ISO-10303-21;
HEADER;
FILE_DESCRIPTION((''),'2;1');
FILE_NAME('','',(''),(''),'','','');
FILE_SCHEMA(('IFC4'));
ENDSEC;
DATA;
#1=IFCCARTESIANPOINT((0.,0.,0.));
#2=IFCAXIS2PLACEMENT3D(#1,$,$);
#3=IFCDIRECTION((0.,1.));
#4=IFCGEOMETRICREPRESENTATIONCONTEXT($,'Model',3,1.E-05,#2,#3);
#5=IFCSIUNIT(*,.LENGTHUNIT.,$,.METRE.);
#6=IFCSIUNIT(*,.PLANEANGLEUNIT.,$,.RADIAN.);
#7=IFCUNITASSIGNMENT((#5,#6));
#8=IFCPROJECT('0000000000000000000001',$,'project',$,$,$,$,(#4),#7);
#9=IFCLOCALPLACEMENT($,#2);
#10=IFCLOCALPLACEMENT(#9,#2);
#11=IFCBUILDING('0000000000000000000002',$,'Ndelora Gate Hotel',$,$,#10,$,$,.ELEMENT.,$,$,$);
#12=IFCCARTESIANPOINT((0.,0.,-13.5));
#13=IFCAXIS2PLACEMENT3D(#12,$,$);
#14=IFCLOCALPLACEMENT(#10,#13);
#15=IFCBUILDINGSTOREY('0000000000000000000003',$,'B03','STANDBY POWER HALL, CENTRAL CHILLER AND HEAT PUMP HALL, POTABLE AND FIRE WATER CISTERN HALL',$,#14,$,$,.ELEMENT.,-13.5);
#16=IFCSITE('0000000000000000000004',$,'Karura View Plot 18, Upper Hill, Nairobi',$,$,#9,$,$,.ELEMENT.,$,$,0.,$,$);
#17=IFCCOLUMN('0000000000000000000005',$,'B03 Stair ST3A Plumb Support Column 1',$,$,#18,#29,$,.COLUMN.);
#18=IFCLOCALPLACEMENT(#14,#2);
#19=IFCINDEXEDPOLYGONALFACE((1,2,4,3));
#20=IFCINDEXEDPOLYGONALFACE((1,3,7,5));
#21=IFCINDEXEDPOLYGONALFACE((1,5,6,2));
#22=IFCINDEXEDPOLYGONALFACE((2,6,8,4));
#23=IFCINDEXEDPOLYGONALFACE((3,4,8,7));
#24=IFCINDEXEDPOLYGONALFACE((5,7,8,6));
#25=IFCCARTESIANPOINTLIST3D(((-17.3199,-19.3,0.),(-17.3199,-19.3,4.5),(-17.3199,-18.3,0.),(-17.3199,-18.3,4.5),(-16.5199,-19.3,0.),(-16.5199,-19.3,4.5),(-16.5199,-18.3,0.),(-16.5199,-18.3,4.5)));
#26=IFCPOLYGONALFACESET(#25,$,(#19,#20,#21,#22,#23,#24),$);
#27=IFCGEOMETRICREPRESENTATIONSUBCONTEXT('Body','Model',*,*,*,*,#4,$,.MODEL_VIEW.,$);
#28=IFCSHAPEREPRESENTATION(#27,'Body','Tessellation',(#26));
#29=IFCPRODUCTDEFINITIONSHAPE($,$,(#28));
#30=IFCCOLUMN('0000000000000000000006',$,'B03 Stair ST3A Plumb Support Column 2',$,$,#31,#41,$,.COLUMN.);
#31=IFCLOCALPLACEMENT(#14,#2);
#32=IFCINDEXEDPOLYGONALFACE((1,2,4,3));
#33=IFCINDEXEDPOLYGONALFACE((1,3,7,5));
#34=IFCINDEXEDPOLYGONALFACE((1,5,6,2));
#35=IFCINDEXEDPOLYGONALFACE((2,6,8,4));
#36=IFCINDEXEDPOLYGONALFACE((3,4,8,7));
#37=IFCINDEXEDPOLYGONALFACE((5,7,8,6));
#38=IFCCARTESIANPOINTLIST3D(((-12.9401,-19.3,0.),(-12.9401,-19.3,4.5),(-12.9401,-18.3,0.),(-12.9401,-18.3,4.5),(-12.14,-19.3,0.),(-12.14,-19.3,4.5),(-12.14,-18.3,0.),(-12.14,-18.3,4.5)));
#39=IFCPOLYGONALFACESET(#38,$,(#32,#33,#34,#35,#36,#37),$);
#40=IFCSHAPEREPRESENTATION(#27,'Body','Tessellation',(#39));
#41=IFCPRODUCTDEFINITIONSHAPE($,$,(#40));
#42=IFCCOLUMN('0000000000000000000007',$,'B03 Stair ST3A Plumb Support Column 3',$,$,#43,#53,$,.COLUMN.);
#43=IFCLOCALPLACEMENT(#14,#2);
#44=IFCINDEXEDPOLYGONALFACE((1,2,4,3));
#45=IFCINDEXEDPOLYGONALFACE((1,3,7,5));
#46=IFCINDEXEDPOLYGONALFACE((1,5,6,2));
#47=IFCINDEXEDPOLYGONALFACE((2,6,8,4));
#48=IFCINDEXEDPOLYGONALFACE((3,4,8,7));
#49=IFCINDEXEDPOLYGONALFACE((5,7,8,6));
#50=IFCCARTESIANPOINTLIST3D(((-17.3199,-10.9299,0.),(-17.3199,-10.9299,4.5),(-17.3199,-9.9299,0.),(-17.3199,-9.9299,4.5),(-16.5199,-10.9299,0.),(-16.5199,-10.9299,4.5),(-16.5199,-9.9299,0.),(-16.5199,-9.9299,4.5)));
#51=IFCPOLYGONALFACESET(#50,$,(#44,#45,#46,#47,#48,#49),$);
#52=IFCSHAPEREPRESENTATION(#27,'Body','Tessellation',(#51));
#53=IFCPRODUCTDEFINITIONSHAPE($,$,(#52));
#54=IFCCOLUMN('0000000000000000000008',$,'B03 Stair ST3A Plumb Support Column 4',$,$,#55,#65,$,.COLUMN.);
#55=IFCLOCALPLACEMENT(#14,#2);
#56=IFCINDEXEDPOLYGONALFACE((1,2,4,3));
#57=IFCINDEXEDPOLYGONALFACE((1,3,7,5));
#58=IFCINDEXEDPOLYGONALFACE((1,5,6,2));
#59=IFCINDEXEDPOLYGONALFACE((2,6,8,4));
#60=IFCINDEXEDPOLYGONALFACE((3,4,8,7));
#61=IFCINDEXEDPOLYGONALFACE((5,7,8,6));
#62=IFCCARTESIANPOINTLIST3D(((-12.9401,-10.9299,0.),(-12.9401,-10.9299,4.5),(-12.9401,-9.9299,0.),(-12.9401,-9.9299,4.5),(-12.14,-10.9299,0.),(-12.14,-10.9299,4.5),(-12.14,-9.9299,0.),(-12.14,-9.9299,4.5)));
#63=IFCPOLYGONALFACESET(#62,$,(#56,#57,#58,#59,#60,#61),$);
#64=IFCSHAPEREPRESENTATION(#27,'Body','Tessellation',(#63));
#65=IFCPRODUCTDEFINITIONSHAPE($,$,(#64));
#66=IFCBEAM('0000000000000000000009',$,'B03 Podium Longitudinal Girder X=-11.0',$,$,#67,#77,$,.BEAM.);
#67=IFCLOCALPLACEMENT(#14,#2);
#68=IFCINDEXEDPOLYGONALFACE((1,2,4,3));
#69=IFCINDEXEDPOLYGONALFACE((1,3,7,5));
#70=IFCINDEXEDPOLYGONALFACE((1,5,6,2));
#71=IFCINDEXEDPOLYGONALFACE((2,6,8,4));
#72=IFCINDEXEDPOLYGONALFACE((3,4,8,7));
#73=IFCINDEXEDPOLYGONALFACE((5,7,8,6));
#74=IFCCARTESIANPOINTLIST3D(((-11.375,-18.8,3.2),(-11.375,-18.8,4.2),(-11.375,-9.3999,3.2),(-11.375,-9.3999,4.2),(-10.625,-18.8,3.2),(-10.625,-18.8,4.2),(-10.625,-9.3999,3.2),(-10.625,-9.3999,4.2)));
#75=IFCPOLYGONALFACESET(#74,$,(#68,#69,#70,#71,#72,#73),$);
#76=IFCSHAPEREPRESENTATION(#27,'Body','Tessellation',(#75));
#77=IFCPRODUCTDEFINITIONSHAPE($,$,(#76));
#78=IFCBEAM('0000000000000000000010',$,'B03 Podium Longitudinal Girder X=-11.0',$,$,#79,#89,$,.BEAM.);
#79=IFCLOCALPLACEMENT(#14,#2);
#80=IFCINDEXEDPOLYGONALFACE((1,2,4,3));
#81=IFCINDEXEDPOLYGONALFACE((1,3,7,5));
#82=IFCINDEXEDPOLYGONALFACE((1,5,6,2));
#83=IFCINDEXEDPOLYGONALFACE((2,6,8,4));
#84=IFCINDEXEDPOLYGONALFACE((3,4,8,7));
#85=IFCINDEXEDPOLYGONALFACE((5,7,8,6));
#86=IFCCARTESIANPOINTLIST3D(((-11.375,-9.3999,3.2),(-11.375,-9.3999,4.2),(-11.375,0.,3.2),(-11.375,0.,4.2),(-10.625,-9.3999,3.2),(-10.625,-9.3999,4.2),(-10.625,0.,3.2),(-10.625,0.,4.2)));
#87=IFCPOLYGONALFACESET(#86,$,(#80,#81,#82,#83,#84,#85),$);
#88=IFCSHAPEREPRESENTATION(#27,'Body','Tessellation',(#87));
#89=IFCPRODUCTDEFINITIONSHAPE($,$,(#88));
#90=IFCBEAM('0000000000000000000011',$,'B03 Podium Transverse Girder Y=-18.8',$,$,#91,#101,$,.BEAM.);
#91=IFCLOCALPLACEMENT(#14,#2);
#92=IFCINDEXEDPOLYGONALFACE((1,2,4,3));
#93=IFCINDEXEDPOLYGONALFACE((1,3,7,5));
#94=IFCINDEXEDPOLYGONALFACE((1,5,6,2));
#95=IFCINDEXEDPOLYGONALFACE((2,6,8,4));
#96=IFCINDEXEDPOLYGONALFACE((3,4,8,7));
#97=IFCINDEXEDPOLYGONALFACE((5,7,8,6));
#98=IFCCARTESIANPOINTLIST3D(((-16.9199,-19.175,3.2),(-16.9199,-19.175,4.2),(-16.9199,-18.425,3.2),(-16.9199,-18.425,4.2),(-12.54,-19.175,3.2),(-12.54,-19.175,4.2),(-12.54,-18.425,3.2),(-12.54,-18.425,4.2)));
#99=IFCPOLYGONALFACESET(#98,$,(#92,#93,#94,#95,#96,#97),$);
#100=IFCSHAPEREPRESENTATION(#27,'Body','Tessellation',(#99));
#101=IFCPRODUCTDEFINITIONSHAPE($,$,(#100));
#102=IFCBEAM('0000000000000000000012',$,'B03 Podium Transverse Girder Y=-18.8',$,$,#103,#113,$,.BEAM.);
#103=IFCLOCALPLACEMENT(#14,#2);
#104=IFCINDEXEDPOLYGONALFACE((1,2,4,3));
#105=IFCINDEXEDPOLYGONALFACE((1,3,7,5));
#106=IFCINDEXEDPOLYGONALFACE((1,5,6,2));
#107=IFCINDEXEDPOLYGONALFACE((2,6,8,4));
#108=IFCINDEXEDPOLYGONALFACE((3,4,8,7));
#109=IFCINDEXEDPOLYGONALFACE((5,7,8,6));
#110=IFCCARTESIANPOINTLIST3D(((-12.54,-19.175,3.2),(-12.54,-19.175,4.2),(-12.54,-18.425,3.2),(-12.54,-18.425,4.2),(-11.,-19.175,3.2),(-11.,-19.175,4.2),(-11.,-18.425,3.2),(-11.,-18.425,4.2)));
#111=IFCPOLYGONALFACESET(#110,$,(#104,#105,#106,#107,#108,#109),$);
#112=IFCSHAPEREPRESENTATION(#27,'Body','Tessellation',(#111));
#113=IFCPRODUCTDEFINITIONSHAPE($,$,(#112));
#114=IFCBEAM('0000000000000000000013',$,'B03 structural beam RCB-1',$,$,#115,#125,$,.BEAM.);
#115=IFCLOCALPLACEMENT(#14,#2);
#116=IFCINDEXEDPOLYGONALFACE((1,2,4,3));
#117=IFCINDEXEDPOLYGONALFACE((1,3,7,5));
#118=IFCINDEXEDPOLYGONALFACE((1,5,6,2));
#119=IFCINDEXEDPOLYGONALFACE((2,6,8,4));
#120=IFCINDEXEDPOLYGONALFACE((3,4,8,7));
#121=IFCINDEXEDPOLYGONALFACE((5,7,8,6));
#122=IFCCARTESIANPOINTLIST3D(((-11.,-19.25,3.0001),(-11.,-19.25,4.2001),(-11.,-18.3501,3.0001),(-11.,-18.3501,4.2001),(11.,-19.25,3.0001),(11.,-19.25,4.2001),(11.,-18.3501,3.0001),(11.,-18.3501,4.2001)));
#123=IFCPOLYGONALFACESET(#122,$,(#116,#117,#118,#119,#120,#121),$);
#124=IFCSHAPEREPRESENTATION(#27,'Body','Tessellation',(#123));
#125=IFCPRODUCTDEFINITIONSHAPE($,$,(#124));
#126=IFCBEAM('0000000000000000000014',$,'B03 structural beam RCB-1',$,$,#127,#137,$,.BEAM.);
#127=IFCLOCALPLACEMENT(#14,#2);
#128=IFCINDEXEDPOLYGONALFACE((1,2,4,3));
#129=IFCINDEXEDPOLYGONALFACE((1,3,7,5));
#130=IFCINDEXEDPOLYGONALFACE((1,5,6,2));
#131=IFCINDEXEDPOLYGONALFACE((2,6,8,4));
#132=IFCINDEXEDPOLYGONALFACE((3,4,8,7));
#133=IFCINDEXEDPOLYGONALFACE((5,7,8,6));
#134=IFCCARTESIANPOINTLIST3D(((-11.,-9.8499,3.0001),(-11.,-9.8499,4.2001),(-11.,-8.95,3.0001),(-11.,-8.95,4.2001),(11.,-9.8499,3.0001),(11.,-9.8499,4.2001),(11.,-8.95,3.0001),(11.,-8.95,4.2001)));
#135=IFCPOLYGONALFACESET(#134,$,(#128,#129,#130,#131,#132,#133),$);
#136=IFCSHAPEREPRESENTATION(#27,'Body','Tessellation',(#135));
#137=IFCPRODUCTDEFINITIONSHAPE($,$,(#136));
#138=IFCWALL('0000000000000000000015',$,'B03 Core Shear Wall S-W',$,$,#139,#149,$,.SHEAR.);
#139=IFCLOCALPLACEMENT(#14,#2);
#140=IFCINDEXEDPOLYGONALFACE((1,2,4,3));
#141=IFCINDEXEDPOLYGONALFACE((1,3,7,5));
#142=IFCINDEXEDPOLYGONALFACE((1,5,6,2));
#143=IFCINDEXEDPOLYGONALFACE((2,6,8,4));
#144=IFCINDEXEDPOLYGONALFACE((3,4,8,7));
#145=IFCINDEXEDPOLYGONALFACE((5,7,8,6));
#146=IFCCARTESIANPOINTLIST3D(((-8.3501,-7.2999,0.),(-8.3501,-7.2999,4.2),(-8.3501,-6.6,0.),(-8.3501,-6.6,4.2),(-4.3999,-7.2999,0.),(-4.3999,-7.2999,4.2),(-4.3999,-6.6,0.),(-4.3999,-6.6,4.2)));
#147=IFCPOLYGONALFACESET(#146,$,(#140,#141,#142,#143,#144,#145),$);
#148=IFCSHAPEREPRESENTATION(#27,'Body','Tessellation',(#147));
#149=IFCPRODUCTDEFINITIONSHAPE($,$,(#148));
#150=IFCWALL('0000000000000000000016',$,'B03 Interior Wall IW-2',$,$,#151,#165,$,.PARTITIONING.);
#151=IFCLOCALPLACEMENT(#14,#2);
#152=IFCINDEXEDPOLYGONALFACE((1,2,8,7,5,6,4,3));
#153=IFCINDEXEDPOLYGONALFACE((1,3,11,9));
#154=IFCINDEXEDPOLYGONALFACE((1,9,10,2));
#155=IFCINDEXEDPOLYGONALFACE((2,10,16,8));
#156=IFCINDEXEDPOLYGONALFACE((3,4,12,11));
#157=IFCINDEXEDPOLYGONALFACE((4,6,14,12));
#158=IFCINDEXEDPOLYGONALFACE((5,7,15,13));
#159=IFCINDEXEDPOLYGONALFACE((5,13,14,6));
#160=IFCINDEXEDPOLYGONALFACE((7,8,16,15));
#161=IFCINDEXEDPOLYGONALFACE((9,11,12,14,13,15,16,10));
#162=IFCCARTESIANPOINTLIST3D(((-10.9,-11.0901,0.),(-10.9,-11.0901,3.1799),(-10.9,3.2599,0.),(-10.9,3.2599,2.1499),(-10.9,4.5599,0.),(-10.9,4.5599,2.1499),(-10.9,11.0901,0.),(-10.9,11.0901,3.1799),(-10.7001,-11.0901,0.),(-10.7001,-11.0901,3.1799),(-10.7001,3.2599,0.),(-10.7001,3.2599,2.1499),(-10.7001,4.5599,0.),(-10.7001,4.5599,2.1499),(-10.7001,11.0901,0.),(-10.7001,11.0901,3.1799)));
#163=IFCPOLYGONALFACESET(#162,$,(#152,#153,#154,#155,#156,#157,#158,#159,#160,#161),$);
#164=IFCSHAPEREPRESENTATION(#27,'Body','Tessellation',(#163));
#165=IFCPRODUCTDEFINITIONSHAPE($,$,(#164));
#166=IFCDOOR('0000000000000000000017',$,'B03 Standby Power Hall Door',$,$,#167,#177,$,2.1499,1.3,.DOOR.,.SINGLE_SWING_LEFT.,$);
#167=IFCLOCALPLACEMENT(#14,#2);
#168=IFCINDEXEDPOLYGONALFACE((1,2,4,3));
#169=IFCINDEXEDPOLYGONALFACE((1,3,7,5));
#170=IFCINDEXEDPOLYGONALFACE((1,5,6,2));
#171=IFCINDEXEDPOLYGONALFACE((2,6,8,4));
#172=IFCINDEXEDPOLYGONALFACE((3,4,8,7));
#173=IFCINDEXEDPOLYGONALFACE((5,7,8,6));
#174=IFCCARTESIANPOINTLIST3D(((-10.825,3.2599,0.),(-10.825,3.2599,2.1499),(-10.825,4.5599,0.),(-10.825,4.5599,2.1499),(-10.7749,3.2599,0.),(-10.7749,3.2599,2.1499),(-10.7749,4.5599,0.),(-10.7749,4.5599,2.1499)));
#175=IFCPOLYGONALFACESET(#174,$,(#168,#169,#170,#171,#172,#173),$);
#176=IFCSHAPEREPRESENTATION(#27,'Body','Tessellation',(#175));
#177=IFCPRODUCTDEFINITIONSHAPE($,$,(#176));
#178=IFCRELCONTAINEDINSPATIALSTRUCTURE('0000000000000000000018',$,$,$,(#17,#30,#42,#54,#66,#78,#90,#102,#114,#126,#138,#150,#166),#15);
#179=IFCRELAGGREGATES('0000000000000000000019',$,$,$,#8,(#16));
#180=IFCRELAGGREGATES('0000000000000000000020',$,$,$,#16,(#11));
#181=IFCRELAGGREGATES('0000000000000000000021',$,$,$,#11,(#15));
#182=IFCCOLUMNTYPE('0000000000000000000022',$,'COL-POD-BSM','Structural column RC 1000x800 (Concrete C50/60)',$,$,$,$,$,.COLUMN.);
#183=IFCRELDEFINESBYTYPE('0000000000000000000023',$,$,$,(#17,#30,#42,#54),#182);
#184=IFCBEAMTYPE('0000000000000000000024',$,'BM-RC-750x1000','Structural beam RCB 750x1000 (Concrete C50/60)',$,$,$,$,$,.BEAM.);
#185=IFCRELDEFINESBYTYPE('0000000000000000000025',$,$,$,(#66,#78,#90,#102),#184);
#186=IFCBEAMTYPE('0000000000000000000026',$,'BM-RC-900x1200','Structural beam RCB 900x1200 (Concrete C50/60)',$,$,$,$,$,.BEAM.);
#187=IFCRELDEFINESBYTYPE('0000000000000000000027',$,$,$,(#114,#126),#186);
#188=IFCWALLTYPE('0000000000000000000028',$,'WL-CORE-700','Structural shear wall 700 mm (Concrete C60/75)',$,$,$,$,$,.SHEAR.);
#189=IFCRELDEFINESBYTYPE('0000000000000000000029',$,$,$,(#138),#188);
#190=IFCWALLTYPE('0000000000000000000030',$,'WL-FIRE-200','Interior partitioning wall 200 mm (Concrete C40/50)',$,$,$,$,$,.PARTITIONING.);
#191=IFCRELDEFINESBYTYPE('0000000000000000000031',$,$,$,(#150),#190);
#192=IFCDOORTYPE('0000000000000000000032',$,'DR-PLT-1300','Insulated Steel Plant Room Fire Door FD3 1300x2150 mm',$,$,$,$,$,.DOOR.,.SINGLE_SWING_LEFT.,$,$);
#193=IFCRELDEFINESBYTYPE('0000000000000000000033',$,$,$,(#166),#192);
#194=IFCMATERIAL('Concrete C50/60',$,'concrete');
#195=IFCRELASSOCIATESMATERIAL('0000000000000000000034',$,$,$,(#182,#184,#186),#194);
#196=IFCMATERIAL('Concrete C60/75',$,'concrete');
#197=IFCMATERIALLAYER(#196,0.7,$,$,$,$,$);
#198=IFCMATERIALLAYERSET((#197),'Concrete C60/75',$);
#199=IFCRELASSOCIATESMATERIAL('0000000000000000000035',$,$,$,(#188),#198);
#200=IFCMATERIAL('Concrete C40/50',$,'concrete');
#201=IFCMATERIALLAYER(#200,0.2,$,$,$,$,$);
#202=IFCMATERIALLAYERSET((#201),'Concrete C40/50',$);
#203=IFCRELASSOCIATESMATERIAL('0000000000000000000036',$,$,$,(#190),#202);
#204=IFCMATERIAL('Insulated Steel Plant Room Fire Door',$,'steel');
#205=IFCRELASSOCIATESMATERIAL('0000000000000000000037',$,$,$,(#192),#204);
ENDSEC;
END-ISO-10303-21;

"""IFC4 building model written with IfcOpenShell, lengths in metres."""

from ifc_helpers import new_model, si_unit, direction, frame, frame_2d, origin, origin_2d, place, context, subcontext, project, spatial, rectangle, extrude, material, layer, layer_set, material_profile, profile_set, type_object, element, fill, save


model = new_model("IFC4")

# Units and contexts
model_context = context("Model", 3, precision=1e-05, world=origin(), true_north=direction((0.0, 1.0)))
body_context = subcontext(model_context, "Body", "Model", "MODEL_VIEW")
ifc_project = project(units=[si_unit("LENGTHUNIT", "METRE"), si_unit("PLANEANGLEUNIT", "RADIAN")], contexts=[model_context])

# Site, building, storey
site_placement = place(None, origin())
site = spatial("IfcSite", under=ifc_project, at=site_placement, Name="Karura View Plot 18, Upper Hill, Nairobi", CompositionType="ELEMENT", RefElevation=0.0)
building_placement = place(site_placement, origin())
building = spatial("IfcBuilding", under=site, at=building_placement, Name="Ndelora Gate Hotel", CompositionType="ELEMENT")
storey_placement = place(building_placement, frame((0.0, 0.0, -13.5)))
storey = spatial("IfcBuildingStorey", under=building, at=storey_placement, Name="B03", Description="STANDBY POWER HALL, CENTRAL CHILLER AND HEAT PUMP HALL, POTABLE AND FIRE WATER CISTERN HALL", CompositionType="ELEMENT", Elevation=-13.5)

# Shared definitions
ifc_material_1 = material(Name="Concrete C40/50", Category="concrete")

# Columns
ifc_material_2 = material(Name="Concrete C60/75", Category="concrete")
ifc_material_3 = material(Name="Concrete C50/60", Category="concrete")
ifc_material_profile_1 = material_profile(ifc_material_3, rectangle(XDim=0.8, YDim=1.0, at=origin_2d()), Name="RC 1000x800")
ifc_profile_set_1 = profile_set([ifc_material_profile_1], Name="Concrete C50/60")
column_type_1 = type_object("IfcColumnType", Name="COL-POD-BSM", Description="Structural column RC 1000x800 (Concrete C50/60)", PredefinedType="COLUMN", material=ifc_profile_set_1)
for number, where, z_axis, x_axis, name in (
    (1, (-16.9199, -18.8, 0.0), (0.0, 0.0, 1.0), (1.0, 0.0, 0.0), "B03 Stair ST3A Plumb Support Column 1"),
    (2, (-12.54, -18.8, 0.0), (0.0, 0.0, 1.0), (1.0, 0.0, 0.0), "B03 Stair ST3A Plumb Support Column 2"),
    (3, (-16.9199, -10.4299, 0.0), (0.0, 0.0, 1.0), (1.0, 0.0, 0.0), "B03 Stair ST3A Plumb Support Column 3"),
    (4, (-12.54, -10.4299, 0.0), (0.0, 0.0, 1.0), (1.0, 0.0, 0.0), "B03 Stair ST3A Plumb Support Column 4"),
):
    element("IfcColumn", number, at=place(storey_placement, frame(where, z_axis=z_axis, x_axis=x_axis)), inside=storey, type_object=column_type_1, Name=name, PredefinedType="COLUMN", context=body_context, shape_type="SweptSolid", body=[
        extrude(rectangle(XDim=0.8, YDim=1.0, at=origin_2d()), origin(), (0.0, 0.0, 1.0), 4.5),
    ])

# Beams
ifc_material_profile_2 = material_profile(ifc_material_3, rectangle(XDim=0.75, YDim=1.0, at=origin_2d()), Name="RCB 750x1000")
ifc_profile_set_2 = profile_set([ifc_material_profile_2], Name="Concrete C50/60")
beam_type_1 = type_object("IfcBeamType", Name="BM-RC-750x1000", Description="Structural beam RCB 750x1000 (Concrete C50/60)", PredefinedType="BEAM", material=ifc_profile_set_2)
beam_1_placement = place(storey_placement, frame((-11.0, -18.8, 3.7), z_axis=(0.0, 1.0, 0.0), x_axis=(-1.0, 0.0, 0.0)))
element("IfcBeam", 5, at=beam_1_placement, inside=storey, type_object=beam_type_1, Name="B03 Podium Longitudinal Girder X=-11.0", PredefinedType="BEAM", context=body_context, shape_type="SweptSolid", body=[
    extrude(rectangle(XDim=0.75, YDim=1.0, at=origin_2d()), origin(), (0.0, 0.0, 1.0), 9.4001),
])
beam_2_placement = place(storey_placement, frame((-11.0, -9.3999, 3.7), z_axis=(0.0, 1.0, 0.0), x_axis=(-1.0, 0.0, 0.0)))
element("IfcBeam", 6, at=beam_2_placement, inside=storey, type_object=beam_type_1, Name="B03 Podium Longitudinal Girder X=-11.0", PredefinedType="BEAM", context=body_context, shape_type="SweptSolid", body=[
    extrude(rectangle(XDim=0.75, YDim=1.0, at=origin_2d()), origin(), (0.0, 0.0, 1.0), 9.3999),
])
beam_3_placement = place(storey_placement, frame((-16.9199, -18.8, 3.7), z_axis=(1.0, 0.0, 0.0), x_axis=(0.0, 1.0, 0.0)))
element("IfcBeam", 7, at=beam_3_placement, inside=storey, type_object=beam_type_1, Name="B03 Podium Transverse Girder Y=-18.8", PredefinedType="BEAM", context=body_context, shape_type="SweptSolid", body=[
    extrude(rectangle(XDim=0.75, YDim=1.0, at=origin_2d()), origin(), (0.0, 0.0, 1.0), 4.3799),
])
beam_4_placement = place(storey_placement, frame((-12.54, -18.8, 3.7), z_axis=(1.0, 0.0, 0.0), x_axis=(0.0, 1.0, 0.0)))
element("IfcBeam", 8, at=beam_4_placement, inside=storey, type_object=beam_type_1, Name="B03 Podium Transverse Girder Y=-18.8", PredefinedType="BEAM", context=body_context, shape_type="SweptSolid", body=[
    extrude(rectangle(XDim=0.75, YDim=1.0, at=origin_2d()), origin(), (0.0, 0.0, 1.0), 1.54),
])
ifc_material_profile_3 = material_profile(ifc_material_3, rectangle(XDim=0.8999, YDim=1.2, at=origin_2d()), Name="RCB 900x1200")
ifc_profile_set_3 = profile_set([ifc_material_profile_3], Name="Concrete C50/60")
beam_type_2 = type_object("IfcBeamType", Name="BM-RC-900x1200", Description="Structural beam RCB 900x1200 (Concrete C50/60)", PredefinedType="BEAM", material=ifc_profile_set_3)
for number, where, z_axis, x_axis, name in (
    (9, (-11.0, -18.8, 3.6001), (1.0, 0.0, 0.0), (0.0, 1.0, 0.0), "B03 structural beam RCB-1"),
    (10, (-11.0, -9.3999, 3.6001), (1.0, 0.0, 0.0), (0.0, 1.0, 0.0), "B03 structural beam RCB-1"),
):
    element("IfcBeam", number, at=place(storey_placement, frame(where, z_axis=z_axis, x_axis=x_axis)), inside=storey, type_object=beam_type_2, Name=name, PredefinedType="BEAM", context=body_context, shape_type="SweptSolid", body=[
        extrude(rectangle(XDim=0.8999, YDim=1.2, at=origin_2d()), origin(), (0.0, 0.0, 1.0), 22.0),
    ])

# Wall
ifc_layer_1 = layer(ifc_material_2, 0.7)
ifc_layer_set_1 = layer_set([ifc_layer_1], Name="Concrete C60/75")
wall_type_1 = type_object("IfcWallType", Name="WL-CORE-700", Description="Structural shear wall 700 mm (Concrete C60/75)", PredefinedType="SHEAR", material=ifc_layer_set_1)
wall_1_placement = place(storey_placement, frame((-8.3501, -6.95, 0.0), z_axis=(0.0, 0.0, 1.0), x_axis=(1.0, 0.0, 0.0)))
element("IfcWall", 11, at=wall_1_placement, inside=storey, type_object=wall_type_1, Name="B03 Core Shear Wall S-W", PredefinedType="SHEAR", context=body_context, shape_type="SweptSolid", body=[
    extrude(rectangle(XDim=3.9502, YDim=0.7, at=frame_2d((1.9751, 0.0))), origin(), (0.0, 0.0, 1.0), 4.2),
])

# Wall, opening, door
ifc_layer_2 = layer(ifc_material_1, 0.2)
ifc_layer_set_2 = layer_set([ifc_layer_2], Name="Concrete C40/50")
wall_type_2 = type_object("IfcWallType", Name="WL-FIRE-200", Description="Interior partitioning wall 200 mm (Concrete C40/50)", PredefinedType="PARTITIONING", material=ifc_layer_set_2)
wall_2_placement = place(storey_placement, frame((-10.8, -11.0901, 0.0), z_axis=(0.0, 0.0, 1.0), x_axis=(0.0, 1.0, 0.0)))
wall_2 = element("IfcWall", 12, at=wall_2_placement, inside=storey, type_object=wall_type_2, Name="B03 Interior Wall IW-2", PredefinedType="PARTITIONING", context=body_context, shape_type="SweptSolid", body=[
    extrude(rectangle(XDim=22.1802, YDim=0.2, at=frame_2d((11.0901, 0.0))), origin(), (0.0, 0.0, 1.0), 3.1799),
])
opening_placement = place(wall_2_placement, frame((14.3501, 0.0, 0.0)))
opening = element("IfcOpeningElement", 13, at=opening_placement, cuts=wall_2, PredefinedType="OPENING", context=body_context, shape_type="SweptSolid", body=[
    extrude(rectangle(XDim=1.3, YDim=2.1499, at=frame_2d((0.6499, 1.075))), frame((0.0, 0.1099, 0.0), z_axis=(0.0, -1.0, 0.0), x_axis=(1.0, 0.0, 0.0)), (0.0, 0.0, 1.0), 0.22),
])
ifc_material_4 = material(Name="Insulated Steel Plant Room Fire Door", Category="steel")
door_type = type_object("IfcDoorType", Name="DR-PLT-1300", Description="Insulated Steel Plant Room Fire Door FD3 1300x2150 mm", OperationType="SINGLE_SWING_LEFT", PredefinedType="DOOR", material=ifc_material_4)
door_placement = place(opening_placement, origin())
door = element("IfcDoor", 14, at=door_placement, inside=storey, type_object=door_type, Name="B03 Standby Power Hall Door", OperationType="SINGLE_SWING_LEFT", OverallHeight=2.1499, OverallWidth=1.3, PredefinedType="DOOR", context=body_context, shape_type="SweptSolid", body=[
    extrude(rectangle(XDim=1.3, YDim=2.1499, at=frame_2d((0.6499, 1.075))), frame((0.0, 0.0249, 0.0), z_axis=(0.0, -1.0, 0.0), x_axis=(1.0, 0.0, 0.0)), (0.0, 0.0, 1.0), 0.05),
])
fill(opening, door)

save(model, "model.ifc")
